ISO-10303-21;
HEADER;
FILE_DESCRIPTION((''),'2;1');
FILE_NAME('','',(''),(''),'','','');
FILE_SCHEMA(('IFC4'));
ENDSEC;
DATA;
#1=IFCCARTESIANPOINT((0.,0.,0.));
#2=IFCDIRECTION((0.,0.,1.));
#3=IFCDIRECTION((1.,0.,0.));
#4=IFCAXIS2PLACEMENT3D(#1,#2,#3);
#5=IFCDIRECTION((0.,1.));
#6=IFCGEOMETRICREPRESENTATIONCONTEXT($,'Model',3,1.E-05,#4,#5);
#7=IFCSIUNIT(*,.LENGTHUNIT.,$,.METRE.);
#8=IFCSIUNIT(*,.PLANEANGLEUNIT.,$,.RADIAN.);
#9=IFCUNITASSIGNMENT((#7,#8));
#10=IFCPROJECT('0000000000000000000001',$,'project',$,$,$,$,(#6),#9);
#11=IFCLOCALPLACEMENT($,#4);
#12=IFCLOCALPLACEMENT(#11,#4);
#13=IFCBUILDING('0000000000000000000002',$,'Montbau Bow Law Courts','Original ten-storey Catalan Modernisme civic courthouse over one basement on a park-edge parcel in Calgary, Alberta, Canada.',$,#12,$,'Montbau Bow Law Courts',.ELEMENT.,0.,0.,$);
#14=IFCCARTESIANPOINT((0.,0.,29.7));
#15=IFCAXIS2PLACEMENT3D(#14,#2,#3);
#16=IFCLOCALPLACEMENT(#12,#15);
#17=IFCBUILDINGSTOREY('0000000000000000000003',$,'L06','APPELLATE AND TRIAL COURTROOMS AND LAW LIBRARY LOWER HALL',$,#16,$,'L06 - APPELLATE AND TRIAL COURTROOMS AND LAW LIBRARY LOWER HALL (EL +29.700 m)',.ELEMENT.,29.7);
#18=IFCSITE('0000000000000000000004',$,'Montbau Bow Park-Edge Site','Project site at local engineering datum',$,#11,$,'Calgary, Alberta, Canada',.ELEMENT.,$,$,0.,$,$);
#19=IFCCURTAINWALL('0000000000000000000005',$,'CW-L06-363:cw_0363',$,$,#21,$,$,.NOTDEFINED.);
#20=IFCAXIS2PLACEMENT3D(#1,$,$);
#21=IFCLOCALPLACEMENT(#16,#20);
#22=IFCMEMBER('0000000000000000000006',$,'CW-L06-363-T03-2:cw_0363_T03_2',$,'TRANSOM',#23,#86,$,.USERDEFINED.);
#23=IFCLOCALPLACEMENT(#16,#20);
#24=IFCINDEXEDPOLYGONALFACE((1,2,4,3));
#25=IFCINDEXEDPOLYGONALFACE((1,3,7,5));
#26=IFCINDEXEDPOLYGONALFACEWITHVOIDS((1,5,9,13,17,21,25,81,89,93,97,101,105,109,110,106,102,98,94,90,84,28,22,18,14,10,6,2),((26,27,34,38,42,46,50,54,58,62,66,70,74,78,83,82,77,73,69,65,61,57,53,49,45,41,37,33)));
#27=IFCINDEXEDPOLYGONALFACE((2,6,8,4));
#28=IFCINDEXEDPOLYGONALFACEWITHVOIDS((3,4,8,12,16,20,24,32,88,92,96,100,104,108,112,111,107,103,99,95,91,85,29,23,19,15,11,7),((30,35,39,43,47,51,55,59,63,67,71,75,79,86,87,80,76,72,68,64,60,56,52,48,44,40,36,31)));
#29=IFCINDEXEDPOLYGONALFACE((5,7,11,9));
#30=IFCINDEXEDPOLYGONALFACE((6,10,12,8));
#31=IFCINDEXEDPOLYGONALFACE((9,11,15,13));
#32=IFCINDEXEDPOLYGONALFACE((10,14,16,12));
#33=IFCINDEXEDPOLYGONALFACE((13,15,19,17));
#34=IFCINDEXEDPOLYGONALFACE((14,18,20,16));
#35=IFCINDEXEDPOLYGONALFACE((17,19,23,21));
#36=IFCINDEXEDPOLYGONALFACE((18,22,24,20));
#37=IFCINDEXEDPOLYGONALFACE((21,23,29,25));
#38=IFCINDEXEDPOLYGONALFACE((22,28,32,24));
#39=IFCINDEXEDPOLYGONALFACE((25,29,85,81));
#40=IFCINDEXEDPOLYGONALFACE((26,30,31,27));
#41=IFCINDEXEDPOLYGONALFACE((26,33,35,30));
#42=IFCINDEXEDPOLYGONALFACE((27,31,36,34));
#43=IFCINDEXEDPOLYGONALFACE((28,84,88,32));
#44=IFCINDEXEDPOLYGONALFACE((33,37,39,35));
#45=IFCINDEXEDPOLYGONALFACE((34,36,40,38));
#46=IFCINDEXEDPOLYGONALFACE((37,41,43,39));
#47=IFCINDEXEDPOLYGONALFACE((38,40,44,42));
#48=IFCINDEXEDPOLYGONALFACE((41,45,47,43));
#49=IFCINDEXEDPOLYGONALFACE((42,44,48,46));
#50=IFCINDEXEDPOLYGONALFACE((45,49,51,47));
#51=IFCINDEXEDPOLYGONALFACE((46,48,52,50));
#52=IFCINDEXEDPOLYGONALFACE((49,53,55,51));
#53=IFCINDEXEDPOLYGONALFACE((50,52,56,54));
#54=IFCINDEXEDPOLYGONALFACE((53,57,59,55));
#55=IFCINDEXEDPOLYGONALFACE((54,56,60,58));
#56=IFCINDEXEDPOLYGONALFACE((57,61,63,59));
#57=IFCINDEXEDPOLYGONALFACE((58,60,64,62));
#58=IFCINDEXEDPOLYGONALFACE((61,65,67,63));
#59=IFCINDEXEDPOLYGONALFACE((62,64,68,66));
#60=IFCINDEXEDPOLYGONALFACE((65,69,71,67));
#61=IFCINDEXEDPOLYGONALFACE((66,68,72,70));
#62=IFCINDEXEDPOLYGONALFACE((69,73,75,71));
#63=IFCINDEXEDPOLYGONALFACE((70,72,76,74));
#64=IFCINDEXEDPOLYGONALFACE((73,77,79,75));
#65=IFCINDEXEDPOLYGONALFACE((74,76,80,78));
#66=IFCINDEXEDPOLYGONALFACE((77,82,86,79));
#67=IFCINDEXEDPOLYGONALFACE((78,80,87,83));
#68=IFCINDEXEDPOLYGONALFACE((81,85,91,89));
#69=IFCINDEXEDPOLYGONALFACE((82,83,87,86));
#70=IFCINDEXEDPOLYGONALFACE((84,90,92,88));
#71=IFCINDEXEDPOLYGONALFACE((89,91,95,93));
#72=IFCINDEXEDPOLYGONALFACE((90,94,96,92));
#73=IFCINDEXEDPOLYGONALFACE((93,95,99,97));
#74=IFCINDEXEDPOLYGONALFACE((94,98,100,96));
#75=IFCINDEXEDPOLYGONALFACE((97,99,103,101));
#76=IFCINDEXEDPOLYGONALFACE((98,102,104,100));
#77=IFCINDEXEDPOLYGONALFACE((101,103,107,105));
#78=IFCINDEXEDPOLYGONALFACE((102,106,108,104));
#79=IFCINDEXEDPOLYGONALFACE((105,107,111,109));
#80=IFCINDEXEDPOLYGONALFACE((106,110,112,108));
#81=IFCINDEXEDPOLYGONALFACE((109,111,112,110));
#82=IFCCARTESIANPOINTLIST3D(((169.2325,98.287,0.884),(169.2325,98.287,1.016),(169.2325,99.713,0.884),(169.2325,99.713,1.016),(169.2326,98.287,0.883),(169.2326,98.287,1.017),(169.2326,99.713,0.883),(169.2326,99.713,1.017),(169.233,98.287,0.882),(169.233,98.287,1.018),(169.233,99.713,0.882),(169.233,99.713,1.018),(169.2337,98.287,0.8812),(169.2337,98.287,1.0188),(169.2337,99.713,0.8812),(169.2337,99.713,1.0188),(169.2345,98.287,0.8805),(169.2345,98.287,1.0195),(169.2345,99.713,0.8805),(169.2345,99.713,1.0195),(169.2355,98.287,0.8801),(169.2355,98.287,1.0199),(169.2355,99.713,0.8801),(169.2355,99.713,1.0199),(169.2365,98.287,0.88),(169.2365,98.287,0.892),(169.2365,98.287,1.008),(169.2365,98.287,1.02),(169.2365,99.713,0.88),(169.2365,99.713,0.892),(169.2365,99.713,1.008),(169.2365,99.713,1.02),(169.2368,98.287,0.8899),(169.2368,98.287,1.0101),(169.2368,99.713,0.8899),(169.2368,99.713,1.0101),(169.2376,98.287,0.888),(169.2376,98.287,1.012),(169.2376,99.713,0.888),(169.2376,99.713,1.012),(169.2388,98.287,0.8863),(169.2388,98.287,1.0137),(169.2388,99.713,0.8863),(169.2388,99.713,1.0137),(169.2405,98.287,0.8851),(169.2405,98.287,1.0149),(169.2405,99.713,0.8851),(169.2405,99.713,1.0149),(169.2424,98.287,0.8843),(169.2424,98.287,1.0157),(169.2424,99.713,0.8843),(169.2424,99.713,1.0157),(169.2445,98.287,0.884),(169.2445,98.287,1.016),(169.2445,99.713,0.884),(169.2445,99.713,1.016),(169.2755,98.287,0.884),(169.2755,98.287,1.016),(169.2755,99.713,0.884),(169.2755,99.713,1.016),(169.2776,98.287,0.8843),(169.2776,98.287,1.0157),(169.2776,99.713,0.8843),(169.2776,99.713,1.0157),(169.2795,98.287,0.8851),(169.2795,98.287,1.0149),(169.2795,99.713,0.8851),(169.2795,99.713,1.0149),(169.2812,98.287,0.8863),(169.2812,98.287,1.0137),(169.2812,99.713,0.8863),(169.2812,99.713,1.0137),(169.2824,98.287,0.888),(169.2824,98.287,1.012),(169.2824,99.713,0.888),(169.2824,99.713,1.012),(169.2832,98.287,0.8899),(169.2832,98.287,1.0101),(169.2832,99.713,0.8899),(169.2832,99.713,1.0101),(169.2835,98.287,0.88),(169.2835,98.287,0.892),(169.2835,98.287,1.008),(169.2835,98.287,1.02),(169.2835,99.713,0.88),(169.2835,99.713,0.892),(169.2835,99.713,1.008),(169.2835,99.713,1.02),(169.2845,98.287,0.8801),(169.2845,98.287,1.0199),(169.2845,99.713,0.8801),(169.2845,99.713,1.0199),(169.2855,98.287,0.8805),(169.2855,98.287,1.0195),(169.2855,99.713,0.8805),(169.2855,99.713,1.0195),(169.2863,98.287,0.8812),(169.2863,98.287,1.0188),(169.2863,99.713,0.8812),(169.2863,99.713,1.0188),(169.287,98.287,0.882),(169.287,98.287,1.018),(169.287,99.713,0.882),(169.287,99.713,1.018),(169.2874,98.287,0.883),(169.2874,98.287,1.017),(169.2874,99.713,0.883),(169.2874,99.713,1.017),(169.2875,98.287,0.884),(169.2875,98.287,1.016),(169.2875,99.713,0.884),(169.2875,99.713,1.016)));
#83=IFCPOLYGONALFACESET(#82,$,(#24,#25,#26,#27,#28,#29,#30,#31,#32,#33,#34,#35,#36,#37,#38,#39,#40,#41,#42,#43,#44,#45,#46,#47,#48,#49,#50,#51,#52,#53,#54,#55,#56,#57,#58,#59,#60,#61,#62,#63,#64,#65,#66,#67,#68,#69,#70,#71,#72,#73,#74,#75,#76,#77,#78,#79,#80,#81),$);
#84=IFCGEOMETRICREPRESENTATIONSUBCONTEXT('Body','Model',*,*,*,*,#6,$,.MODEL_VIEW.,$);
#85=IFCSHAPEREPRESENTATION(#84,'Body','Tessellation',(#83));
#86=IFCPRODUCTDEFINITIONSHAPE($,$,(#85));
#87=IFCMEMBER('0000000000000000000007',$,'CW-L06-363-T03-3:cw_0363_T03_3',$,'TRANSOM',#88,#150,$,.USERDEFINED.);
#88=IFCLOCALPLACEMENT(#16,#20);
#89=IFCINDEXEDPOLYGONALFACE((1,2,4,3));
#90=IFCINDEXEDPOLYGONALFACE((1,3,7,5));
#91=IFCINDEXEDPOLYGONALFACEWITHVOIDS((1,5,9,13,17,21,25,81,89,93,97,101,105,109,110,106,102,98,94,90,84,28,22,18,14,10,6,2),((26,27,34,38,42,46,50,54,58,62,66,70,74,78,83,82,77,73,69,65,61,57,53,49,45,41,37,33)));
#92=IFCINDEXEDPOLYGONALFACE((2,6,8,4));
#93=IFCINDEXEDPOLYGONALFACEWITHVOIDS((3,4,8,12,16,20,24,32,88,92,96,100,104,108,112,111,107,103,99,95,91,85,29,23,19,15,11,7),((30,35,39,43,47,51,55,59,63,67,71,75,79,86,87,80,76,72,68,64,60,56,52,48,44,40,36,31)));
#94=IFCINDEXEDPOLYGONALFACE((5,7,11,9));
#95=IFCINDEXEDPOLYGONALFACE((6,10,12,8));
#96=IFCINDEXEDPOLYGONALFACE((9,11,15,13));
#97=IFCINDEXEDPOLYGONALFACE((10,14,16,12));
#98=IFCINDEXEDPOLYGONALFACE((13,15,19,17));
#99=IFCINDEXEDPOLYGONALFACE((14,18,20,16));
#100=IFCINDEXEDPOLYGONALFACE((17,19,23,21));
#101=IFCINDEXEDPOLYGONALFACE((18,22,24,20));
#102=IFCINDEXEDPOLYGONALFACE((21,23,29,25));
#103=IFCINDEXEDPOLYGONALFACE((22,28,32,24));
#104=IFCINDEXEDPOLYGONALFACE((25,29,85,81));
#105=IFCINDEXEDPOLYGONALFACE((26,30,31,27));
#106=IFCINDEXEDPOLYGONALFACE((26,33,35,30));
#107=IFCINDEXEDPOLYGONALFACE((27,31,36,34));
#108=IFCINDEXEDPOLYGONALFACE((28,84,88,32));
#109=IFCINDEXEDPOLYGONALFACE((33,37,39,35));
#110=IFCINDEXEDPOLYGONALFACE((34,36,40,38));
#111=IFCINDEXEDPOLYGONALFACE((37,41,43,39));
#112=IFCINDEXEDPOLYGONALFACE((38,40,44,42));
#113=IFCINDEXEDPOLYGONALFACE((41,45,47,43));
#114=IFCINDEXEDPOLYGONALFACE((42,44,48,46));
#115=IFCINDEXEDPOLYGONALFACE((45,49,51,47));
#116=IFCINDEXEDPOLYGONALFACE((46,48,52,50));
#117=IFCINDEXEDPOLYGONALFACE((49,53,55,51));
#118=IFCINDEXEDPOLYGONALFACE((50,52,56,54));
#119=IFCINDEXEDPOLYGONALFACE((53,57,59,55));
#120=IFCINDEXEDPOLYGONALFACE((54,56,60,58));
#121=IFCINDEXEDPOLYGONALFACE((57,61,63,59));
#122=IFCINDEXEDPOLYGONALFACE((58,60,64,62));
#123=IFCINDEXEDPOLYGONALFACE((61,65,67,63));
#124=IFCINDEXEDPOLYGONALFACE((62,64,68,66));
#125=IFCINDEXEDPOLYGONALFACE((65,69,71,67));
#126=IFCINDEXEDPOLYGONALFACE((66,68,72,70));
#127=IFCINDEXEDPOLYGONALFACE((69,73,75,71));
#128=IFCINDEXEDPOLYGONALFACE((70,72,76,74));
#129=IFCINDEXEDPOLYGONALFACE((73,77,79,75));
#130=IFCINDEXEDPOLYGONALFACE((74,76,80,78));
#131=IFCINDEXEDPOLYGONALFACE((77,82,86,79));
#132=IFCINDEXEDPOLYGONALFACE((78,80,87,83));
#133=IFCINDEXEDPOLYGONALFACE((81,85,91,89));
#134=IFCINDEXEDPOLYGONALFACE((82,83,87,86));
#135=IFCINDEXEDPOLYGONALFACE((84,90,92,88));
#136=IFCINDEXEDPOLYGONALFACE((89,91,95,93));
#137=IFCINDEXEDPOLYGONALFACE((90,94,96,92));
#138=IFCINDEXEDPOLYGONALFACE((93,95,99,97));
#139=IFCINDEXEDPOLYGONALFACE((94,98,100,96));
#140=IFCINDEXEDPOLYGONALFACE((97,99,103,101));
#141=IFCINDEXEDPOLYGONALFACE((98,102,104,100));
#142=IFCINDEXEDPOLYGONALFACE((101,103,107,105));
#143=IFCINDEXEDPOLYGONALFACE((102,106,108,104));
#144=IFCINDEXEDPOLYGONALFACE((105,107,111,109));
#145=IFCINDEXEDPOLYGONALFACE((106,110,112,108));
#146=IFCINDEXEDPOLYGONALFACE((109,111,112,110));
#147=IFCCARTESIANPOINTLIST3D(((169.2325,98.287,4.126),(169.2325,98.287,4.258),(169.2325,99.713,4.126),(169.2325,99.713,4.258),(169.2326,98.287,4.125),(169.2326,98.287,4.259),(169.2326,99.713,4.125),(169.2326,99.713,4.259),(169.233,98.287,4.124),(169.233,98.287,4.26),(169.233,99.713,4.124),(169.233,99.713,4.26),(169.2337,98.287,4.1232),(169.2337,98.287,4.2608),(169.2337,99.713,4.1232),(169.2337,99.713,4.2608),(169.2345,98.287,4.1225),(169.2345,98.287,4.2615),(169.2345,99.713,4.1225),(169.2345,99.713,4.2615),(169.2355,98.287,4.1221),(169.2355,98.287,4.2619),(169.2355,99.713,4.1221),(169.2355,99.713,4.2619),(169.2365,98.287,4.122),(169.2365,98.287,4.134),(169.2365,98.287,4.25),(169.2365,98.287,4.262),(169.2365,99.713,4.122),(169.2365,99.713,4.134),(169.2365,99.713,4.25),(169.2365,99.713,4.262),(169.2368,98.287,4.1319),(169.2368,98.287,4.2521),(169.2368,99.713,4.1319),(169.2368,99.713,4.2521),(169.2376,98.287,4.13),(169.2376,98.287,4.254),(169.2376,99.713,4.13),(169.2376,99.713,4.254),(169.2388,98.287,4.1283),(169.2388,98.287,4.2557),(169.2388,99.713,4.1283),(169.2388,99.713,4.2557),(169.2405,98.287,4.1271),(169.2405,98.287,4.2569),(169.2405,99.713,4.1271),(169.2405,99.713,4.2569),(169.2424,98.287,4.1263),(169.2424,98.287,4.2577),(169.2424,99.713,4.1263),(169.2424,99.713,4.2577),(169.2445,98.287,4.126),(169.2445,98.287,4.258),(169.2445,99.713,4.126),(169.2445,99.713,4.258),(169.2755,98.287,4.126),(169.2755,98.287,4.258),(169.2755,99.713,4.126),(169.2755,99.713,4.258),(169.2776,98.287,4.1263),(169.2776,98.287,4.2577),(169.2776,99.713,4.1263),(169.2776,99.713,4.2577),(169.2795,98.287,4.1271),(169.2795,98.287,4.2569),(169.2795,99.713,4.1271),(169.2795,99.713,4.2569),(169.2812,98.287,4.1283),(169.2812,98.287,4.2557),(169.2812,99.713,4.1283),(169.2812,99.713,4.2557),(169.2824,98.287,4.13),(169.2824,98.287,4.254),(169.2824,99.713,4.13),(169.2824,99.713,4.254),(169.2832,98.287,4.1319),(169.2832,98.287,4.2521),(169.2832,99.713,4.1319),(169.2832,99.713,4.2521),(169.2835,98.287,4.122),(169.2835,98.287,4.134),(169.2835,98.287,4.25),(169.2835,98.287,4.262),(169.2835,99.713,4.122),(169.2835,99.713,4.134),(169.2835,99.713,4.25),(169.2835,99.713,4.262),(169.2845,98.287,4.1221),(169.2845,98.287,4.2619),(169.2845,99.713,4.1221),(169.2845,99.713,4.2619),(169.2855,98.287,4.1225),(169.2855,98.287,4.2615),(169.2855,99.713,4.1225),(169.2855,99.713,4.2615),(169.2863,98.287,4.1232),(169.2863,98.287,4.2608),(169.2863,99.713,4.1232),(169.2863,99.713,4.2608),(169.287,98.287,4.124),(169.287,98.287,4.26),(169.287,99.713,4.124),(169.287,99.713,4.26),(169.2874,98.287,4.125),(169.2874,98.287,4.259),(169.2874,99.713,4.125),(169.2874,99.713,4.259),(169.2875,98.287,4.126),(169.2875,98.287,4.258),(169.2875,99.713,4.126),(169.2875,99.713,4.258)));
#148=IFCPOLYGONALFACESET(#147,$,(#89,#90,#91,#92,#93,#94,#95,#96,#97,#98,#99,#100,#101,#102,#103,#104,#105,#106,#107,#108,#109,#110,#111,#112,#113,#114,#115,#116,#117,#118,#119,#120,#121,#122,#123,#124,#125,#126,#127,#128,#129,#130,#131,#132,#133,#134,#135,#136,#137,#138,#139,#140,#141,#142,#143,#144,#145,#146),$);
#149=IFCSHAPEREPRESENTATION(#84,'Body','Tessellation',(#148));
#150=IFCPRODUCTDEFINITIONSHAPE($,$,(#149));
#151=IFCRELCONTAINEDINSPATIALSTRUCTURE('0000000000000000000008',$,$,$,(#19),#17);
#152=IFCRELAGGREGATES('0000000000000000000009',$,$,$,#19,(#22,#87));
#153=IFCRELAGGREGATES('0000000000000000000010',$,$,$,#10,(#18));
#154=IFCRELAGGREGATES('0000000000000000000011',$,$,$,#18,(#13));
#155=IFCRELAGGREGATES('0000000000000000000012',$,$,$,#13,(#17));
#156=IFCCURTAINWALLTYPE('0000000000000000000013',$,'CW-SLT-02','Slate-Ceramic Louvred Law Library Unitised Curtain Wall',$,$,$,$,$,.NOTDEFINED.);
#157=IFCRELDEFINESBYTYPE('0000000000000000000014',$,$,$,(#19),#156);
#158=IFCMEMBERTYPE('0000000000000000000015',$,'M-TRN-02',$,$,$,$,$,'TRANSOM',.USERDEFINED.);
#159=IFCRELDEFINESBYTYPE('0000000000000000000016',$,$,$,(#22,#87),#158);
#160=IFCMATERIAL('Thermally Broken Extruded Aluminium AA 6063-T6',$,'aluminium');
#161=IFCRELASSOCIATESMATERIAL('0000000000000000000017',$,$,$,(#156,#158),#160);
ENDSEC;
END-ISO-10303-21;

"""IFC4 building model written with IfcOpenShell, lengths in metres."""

from ifc_helpers import new_model, si_unit, direction, frame, origin_with_axes, origin_2d_with_axis, place, context, subcontext, project, spatial, hollow_rectangle, extrude, material, material_profile, profile_set, type_object, element, aggregate, save


model = new_model("IFC4")

# Units and contexts
model_context = context("Model", 3, precision=1e-05, world=origin_with_axes(), true_north=direction((0.0, 1.0)))
body_context = subcontext(model_context, "Body", "Model", "MODEL_VIEW")
ifc_project = project(units=[si_unit("LENGTHUNIT", "METRE"), si_unit("PLANEANGLEUNIT", "RADIAN")], contexts=[model_context])

# Site, building, storey
site_placement = place(None, origin_with_axes())
site = spatial("IfcSite", under=ifc_project, at=site_placement, Name="Montbau Bow Park-Edge Site", Description="Project site at local engineering datum", LongName="Calgary, Alberta, Canada", CompositionType="ELEMENT", RefElevation=0.0)
building_placement = place(site_placement, origin_with_axes())
building = spatial("IfcBuilding", under=site, at=building_placement, Name="Montbau Bow Law Courts", Description="Original ten-storey Catalan Modernisme civic courthouse over one basement on a park-edge parcel in Calgary, Alberta, Canada.", LongName="Montbau Bow Law Courts", CompositionType="ELEMENT", ElevationOfRefHeight=0.0, ElevationOfTerrain=0.0)
storey_placement = place(building_placement, frame((0.0, 0.0, 29.7), z_axis=(0.0, 0.0, 1.0), x_axis=(1.0, 0.0, 0.0)))
storey = spatial("IfcBuildingStorey", under=building, at=storey_placement, Name="L06", Description="APPELLATE AND TRIAL COURTROOMS AND LAW LIBRARY LOWER HALL", LongName="L06 - APPELLATE AND TRIAL COURTROOMS AND LAW LIBRARY LOWER HALL (EL +29.700 m)", CompositionType="ELEMENT", Elevation=29.7)

# Curtain wall, members
ifc_material_1 = material(Name="Thermally Broken Extruded Aluminium AA 6063-T6", Category="aluminium")
curtain_wall_type = type_object("IfcCurtainWallType", Name="CW-SLT-02", Description="Slate-Ceramic Louvred Law Library Unitised Curtain Wall", PredefinedType="NOTDEFINED", material=ifc_material_1)
curtain_wall_placement = place(None, frame((169.26, 95.24, 29.7), z_axis=(0.0, 0.0, 1.0), x_axis=(1.0, 0.0, 0.0)))
curtain_wall = element("IfcCurtainWall", 1, at=curtain_wall_placement, inside=storey, type_object=curtain_wall_type, Name="CW-L06-363:cw_0363", PredefinedType="NOTDEFINED")
ifc_material_profile_1 = material_profile(ifc_material_1, hollow_rectangle(XDim=0.055, YDim=0.14, WallThickness=0.004, InnerFilletRadius=0.008, OuterFilletRadius=0.004, at=origin_2d_with_axis()), Name="CWT-140X55", Category="Main", Priority=0)
ifc_profile_set_1 = profile_set([ifc_material_profile_1], Name="Thermally Broken Extruded Aluminium AA 6063-T6")
member_type_1 = type_object("IfcMemberType", Name="M-TRN-02", ElementType="TRANSOM", PredefinedType="USERDEFINED", material=ifc_profile_set_1)
member_1_placement = place(None, frame((169.26, 98.287, 30.65), z_axis=(0.0, 1.0, 0.0), x_axis=(-1.0, 0.0, 0.0)))
member_1 = element("IfcMember", 2, at=member_1_placement, type_object=member_type_1, Name="CW-L06-363-T03-2:cw_0363_T03_2", ObjectType="TRANSOM", PredefinedType="USERDEFINED", context=body_context, shape_type="SweptSolid", body=[
    extrude(hollow_rectangle(XDim=0.055, YDim=0.14, WallThickness=0.004, InnerFilletRadius=0.008, OuterFilletRadius=0.004, at=origin_2d_with_axis()), origin_with_axes(), (0.0, 0.0, 1.0), 1.426),
])
member_2_placement = place(None, frame((169.26, 98.287, 33.892), z_axis=(0.0, 1.0, 0.0), x_axis=(-1.0, 0.0, 0.0)))
member_2 = element("IfcMember", 3, at=member_2_placement, type_object=member_type_1, Name="CW-L06-363-T03-3:cw_0363_T03_3", ObjectType="TRANSOM", PredefinedType="USERDEFINED", context=body_context, shape_type="SweptSolid", body=[
    extrude(hollow_rectangle(XDim=0.055, YDim=0.14, WallThickness=0.004, InnerFilletRadius=0.008, OuterFilletRadius=0.004, at=origin_2d_with_axis()), origin_with_axes(), (0.0, 0.0, 1.0), 1.426),
])
aggregate(curtain_wall, [member_1, member_2])

save(model, "model.ifc")
